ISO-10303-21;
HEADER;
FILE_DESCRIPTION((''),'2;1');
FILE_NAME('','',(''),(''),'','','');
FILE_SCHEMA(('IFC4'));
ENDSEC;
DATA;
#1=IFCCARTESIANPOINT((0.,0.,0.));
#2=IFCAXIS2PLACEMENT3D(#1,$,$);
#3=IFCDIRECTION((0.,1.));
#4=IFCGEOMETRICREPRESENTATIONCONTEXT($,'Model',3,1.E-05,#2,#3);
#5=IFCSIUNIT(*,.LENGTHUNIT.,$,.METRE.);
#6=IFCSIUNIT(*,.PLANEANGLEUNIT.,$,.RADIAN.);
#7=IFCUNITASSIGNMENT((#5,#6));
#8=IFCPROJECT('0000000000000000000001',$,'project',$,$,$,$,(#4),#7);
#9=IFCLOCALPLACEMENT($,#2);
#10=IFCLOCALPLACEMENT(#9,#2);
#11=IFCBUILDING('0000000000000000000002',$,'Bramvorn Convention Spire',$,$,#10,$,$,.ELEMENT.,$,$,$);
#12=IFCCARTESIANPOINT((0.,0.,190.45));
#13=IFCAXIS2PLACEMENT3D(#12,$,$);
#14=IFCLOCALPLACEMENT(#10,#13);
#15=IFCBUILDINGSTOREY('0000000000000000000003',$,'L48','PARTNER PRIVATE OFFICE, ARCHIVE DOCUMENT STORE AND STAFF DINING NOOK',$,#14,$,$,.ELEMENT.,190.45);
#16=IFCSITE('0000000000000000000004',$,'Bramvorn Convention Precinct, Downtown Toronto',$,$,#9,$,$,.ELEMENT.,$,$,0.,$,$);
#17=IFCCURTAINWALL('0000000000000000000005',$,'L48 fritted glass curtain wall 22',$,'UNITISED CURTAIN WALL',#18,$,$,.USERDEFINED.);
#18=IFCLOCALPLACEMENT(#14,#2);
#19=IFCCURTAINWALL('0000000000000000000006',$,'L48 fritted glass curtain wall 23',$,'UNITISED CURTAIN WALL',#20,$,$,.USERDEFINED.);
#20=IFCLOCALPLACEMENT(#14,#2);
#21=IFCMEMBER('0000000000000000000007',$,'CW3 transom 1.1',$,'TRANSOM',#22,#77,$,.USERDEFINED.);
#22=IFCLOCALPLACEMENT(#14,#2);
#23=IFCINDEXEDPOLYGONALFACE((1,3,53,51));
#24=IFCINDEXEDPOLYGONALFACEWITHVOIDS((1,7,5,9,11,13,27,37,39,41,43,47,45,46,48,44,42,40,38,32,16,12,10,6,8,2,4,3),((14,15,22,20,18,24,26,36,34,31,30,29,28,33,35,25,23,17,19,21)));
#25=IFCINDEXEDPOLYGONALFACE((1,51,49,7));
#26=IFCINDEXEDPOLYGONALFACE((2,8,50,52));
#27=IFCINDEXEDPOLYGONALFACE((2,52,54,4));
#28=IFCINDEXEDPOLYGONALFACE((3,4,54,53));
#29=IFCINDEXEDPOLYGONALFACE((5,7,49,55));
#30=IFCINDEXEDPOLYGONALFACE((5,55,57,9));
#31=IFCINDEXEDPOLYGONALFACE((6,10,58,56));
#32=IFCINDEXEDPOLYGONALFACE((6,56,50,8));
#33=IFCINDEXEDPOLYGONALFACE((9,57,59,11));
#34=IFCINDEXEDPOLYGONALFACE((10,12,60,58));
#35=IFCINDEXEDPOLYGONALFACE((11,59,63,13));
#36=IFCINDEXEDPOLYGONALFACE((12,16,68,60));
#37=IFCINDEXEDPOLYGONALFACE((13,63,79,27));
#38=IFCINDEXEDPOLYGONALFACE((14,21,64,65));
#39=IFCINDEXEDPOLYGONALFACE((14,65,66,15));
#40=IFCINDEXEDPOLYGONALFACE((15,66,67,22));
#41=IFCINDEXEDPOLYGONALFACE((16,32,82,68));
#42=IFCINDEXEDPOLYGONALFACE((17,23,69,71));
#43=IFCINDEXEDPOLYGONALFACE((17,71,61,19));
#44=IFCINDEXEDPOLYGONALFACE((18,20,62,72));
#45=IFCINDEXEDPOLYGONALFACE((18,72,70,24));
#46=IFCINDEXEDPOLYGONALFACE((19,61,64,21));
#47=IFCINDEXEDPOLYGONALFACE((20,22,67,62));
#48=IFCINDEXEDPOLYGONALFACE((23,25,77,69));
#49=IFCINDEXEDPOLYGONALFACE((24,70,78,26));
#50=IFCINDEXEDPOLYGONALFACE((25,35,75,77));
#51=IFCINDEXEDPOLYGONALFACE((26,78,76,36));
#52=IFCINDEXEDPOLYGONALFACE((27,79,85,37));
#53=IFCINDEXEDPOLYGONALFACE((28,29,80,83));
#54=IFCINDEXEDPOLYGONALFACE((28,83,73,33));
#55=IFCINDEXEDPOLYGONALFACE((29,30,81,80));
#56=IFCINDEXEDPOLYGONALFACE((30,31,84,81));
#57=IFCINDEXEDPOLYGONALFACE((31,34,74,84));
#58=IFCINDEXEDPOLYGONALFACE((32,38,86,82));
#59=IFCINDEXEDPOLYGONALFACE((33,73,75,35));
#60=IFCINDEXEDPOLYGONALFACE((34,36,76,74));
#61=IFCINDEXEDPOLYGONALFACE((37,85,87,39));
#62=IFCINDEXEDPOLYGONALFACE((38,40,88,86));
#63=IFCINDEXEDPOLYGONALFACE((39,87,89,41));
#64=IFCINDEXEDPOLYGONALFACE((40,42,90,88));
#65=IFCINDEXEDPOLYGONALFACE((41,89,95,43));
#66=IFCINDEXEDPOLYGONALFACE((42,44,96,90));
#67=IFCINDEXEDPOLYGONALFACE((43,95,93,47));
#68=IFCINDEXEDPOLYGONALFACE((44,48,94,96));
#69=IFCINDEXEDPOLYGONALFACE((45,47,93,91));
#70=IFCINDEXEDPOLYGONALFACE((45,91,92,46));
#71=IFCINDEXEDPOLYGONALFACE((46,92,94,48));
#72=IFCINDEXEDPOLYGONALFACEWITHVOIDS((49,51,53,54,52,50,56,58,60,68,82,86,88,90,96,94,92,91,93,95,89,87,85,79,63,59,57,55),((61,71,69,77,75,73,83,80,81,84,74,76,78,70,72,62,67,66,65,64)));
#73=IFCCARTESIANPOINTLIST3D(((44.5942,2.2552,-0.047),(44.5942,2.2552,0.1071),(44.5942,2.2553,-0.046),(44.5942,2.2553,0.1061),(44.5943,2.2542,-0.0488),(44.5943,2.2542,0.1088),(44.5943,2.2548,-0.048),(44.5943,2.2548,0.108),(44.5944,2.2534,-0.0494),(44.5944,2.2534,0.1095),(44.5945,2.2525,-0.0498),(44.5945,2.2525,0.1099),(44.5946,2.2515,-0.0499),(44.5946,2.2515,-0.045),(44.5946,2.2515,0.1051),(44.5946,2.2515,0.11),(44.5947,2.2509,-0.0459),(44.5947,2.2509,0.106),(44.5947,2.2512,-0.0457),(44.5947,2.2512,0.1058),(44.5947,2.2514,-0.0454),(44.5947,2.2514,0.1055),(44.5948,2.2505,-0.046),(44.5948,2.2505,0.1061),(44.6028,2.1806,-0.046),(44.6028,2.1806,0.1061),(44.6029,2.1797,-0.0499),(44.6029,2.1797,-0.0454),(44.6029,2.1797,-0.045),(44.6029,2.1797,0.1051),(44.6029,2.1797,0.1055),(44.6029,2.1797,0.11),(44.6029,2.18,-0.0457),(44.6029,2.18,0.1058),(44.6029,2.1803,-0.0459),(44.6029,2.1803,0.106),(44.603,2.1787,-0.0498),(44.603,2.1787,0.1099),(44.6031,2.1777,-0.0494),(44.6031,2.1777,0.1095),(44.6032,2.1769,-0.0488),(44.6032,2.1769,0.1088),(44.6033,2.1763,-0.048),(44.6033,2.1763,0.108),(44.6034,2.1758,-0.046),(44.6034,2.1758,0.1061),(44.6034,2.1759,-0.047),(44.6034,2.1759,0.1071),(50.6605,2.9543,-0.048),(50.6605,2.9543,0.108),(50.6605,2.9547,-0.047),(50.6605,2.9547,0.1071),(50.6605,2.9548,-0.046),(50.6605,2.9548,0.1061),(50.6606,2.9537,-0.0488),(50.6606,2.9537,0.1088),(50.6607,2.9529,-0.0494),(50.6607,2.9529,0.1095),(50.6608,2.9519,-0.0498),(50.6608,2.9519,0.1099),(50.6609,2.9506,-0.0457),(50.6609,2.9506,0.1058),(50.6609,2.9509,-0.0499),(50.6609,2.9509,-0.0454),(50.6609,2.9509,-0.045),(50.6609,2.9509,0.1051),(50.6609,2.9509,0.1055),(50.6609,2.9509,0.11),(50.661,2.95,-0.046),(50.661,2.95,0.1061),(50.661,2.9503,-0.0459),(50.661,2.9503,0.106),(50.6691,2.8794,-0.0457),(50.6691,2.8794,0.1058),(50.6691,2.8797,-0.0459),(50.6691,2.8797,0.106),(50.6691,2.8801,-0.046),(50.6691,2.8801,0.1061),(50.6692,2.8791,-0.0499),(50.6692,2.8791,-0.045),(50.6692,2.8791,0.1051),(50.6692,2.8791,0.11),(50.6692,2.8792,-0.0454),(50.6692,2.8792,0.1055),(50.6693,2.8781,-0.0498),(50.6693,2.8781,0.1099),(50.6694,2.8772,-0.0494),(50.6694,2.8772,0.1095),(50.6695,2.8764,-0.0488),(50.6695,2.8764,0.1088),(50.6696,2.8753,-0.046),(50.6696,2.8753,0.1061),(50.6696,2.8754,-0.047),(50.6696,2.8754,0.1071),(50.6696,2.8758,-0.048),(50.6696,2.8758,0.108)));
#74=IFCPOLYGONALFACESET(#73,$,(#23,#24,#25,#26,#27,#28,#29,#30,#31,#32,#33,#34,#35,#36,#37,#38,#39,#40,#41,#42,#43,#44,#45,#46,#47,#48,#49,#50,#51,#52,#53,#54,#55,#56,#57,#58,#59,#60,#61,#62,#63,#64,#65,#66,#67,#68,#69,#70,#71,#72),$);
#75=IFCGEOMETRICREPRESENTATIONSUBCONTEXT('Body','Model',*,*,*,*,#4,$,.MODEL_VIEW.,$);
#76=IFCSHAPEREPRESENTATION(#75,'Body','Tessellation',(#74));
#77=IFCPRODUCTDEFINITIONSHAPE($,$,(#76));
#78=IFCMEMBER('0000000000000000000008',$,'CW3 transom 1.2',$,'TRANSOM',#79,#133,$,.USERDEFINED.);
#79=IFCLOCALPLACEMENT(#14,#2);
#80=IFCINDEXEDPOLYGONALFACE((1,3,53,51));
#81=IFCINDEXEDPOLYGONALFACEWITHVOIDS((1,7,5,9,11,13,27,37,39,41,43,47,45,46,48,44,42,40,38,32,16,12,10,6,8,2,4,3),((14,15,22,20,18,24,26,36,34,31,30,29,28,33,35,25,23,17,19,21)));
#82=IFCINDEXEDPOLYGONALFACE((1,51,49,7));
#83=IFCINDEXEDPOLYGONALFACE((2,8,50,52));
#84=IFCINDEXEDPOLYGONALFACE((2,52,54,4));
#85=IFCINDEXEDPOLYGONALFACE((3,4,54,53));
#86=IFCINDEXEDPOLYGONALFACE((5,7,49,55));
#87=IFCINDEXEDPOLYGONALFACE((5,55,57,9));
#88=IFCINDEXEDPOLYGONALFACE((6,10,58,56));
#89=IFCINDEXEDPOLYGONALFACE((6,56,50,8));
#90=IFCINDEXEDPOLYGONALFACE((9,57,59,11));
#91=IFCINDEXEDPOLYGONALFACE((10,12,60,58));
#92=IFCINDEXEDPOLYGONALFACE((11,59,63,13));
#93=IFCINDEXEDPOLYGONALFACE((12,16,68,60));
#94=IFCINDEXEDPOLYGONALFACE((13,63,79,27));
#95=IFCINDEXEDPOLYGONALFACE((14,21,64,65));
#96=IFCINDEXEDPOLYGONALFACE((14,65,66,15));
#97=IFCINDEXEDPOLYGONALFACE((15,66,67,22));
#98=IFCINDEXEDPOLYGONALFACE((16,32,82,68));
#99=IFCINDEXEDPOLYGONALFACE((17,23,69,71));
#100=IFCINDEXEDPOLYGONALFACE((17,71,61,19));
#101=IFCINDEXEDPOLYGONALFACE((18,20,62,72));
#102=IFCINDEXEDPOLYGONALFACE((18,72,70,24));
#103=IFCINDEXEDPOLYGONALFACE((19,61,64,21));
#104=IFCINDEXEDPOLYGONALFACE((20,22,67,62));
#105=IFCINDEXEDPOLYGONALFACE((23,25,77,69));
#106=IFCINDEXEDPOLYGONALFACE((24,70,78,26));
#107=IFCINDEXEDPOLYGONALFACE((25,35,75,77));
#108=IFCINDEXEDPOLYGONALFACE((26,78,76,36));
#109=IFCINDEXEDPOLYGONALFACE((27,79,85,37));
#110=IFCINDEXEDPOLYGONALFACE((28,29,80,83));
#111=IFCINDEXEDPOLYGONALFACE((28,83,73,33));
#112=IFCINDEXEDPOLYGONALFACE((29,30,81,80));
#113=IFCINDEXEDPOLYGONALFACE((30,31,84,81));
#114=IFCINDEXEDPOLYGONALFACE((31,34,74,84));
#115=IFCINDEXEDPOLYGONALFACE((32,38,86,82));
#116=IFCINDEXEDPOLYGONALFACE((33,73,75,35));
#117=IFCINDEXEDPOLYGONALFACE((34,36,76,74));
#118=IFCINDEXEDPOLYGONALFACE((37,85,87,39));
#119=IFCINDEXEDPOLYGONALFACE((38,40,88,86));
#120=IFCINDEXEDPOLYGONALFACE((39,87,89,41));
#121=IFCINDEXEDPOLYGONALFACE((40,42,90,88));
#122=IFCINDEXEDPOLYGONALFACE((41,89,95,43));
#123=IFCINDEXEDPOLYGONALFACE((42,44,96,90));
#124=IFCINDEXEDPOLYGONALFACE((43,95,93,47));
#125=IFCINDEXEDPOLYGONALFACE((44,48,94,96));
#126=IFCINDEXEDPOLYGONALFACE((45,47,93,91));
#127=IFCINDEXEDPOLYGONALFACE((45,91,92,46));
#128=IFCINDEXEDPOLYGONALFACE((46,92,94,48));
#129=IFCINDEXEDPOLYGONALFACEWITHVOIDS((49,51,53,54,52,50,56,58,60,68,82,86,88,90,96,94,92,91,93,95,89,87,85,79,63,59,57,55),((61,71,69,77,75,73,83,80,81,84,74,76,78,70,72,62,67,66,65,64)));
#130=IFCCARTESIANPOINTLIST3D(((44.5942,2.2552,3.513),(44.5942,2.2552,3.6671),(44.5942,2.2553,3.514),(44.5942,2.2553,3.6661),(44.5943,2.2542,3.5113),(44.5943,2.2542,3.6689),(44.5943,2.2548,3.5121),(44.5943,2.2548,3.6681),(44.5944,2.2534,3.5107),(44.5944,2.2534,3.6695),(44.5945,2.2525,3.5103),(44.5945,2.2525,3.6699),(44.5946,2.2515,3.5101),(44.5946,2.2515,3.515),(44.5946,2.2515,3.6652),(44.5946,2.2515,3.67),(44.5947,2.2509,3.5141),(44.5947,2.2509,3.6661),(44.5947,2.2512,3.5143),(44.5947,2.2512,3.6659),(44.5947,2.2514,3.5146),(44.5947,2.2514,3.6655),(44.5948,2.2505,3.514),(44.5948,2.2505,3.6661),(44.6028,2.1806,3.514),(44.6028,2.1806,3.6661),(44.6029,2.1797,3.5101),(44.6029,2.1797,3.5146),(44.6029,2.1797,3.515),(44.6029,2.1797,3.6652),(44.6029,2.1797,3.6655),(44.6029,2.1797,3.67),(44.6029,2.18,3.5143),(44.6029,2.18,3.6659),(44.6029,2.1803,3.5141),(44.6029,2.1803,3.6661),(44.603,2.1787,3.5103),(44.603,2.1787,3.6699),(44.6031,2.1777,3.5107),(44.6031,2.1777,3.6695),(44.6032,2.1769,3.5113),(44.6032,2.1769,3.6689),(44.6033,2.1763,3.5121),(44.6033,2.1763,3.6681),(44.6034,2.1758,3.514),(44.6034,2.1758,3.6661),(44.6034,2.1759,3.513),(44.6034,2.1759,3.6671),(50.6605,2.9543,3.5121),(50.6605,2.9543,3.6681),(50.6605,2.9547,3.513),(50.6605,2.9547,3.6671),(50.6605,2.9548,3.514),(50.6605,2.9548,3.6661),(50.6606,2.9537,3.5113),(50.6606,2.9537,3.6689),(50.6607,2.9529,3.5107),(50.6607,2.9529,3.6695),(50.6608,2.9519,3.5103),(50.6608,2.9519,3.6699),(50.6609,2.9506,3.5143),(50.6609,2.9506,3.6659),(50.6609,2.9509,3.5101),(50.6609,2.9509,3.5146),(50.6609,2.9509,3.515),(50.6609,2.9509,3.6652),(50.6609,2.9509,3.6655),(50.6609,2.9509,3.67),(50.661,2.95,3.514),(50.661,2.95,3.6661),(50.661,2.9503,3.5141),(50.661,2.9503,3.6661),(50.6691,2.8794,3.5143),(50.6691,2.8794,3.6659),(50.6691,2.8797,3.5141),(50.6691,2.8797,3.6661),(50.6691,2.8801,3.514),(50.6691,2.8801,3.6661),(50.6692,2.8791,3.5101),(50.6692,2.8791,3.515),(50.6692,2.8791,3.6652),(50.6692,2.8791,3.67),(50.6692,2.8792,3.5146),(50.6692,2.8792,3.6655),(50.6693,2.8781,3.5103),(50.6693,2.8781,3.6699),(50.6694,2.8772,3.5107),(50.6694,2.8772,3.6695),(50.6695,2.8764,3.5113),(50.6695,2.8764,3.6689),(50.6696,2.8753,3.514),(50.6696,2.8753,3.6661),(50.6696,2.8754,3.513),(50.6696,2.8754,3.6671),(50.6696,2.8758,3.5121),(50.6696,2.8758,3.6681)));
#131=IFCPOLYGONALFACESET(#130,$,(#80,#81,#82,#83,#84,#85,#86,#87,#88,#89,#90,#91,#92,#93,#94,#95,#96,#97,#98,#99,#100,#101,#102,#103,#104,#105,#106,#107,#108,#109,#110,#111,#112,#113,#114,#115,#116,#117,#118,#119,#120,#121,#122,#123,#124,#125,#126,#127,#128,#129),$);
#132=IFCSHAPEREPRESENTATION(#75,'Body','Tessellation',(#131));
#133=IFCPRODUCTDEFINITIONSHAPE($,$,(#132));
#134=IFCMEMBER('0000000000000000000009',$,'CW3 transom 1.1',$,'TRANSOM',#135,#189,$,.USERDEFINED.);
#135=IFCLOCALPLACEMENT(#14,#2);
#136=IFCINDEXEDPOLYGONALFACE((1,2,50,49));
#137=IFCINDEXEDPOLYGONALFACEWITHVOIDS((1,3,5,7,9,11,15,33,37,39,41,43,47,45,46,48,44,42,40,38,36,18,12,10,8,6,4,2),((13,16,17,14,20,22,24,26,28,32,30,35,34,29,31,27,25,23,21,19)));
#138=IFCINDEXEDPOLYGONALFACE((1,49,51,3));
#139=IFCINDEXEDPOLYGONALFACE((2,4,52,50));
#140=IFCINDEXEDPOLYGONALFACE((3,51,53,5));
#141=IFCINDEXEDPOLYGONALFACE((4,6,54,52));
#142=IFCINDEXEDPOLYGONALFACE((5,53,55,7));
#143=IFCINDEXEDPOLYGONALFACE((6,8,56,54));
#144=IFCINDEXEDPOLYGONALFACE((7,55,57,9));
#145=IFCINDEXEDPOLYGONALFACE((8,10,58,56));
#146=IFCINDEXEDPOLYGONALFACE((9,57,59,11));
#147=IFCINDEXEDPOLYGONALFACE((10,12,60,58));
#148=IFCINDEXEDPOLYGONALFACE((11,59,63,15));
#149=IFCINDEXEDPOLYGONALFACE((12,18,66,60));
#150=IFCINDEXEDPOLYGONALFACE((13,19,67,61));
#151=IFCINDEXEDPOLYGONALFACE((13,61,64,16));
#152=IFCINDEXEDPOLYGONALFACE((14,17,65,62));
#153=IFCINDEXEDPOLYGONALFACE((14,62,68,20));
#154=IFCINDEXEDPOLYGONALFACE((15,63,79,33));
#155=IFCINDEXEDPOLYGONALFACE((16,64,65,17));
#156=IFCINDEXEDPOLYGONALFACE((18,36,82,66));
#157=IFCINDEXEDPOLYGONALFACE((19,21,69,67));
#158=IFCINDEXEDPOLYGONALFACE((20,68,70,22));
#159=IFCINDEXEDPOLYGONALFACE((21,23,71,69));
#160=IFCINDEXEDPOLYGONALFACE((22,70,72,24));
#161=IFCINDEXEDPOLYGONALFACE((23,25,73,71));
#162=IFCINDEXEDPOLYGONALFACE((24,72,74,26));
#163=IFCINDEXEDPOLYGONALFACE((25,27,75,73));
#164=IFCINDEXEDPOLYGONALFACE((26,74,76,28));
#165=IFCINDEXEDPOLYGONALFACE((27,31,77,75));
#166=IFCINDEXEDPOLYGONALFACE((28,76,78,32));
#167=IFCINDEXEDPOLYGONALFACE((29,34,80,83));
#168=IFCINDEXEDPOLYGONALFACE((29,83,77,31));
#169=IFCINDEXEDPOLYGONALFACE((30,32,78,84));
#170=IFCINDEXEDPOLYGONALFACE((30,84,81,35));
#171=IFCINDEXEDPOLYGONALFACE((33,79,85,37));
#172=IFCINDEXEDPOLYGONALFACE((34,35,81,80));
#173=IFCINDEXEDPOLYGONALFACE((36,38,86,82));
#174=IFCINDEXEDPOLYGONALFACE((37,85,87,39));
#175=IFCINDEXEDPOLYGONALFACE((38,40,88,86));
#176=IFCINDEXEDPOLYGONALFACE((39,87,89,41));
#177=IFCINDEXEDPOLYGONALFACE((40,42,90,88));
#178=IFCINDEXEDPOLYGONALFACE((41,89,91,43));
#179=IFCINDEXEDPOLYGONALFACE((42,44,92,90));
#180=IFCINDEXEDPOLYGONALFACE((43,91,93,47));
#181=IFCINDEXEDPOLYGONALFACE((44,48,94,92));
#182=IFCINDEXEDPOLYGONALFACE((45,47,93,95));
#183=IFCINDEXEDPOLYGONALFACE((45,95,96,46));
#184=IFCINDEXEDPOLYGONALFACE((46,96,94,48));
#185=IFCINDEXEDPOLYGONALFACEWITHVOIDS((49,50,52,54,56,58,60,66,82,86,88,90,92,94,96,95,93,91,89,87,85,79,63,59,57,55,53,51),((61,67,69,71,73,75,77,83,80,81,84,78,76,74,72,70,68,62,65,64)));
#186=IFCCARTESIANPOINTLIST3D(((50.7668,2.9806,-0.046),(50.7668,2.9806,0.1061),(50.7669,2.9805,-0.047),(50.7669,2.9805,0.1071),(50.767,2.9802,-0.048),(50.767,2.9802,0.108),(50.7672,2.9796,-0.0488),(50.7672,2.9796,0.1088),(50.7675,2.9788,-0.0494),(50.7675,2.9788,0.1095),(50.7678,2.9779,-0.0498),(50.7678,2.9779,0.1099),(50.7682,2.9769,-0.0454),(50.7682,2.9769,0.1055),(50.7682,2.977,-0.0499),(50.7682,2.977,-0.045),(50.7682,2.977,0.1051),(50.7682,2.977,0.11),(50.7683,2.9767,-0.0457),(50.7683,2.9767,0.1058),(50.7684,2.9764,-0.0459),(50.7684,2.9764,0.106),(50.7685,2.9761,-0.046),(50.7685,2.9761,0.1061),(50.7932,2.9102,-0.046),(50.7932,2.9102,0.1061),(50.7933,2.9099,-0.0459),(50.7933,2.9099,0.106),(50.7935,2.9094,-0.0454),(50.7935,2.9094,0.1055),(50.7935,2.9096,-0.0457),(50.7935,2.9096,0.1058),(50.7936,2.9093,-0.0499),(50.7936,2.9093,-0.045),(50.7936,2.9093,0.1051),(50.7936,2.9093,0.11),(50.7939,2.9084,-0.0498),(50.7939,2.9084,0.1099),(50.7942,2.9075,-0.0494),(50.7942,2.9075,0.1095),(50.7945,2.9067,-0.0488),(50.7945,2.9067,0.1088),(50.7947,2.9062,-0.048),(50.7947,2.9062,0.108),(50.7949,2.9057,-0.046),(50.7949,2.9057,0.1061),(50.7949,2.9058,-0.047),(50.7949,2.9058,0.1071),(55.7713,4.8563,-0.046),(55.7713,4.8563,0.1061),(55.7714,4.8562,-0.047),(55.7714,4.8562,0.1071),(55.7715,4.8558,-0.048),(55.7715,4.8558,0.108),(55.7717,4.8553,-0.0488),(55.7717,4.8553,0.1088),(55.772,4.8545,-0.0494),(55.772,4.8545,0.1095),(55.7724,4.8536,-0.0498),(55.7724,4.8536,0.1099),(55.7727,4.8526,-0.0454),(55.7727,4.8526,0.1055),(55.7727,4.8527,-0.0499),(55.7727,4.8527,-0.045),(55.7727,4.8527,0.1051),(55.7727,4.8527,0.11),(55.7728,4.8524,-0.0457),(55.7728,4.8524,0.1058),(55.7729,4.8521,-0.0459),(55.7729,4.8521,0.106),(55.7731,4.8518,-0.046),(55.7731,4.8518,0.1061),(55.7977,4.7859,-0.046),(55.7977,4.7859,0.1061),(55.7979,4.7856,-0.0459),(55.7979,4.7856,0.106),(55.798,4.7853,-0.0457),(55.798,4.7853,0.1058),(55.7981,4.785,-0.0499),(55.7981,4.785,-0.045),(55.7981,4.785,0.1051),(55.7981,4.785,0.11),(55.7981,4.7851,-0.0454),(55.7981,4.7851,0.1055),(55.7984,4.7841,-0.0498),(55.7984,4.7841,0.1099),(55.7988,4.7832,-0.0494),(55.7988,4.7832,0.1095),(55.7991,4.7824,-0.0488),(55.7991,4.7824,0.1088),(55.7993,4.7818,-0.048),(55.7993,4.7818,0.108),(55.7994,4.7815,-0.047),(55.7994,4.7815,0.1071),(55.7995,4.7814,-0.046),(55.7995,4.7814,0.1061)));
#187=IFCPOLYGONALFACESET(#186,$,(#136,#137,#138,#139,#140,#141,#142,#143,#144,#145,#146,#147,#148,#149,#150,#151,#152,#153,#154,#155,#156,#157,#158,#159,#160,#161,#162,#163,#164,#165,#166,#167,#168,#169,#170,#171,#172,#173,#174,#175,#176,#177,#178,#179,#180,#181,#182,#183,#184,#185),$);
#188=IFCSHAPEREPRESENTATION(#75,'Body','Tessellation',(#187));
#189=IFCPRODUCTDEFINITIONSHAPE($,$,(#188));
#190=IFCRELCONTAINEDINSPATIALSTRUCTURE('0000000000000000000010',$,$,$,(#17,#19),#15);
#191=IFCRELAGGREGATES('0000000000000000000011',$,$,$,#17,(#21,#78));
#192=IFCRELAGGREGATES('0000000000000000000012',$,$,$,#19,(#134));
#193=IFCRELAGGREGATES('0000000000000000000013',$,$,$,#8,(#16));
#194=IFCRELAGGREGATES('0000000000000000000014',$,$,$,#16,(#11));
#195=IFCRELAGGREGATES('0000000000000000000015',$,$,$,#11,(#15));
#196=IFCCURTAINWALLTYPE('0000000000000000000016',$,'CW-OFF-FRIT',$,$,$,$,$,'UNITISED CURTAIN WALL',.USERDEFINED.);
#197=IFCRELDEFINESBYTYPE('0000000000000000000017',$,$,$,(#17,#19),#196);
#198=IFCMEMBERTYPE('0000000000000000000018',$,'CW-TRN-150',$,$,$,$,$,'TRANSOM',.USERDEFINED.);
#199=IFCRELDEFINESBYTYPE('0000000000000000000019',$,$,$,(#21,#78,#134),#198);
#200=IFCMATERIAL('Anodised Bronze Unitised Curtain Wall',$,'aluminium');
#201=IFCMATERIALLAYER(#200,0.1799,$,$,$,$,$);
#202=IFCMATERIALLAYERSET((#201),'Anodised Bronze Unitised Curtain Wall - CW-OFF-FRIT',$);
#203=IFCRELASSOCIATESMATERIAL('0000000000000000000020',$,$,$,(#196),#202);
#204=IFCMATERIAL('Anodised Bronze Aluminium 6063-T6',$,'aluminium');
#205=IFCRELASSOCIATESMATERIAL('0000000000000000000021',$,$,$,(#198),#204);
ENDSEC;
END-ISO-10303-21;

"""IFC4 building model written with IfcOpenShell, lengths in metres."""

from ifc_helpers import new_model, si_unit, direction, frame, origin, origin_2d, place, context, subcontext, project, spatial, hollow_rectangle, extrude, material, layer, layer_set, material_profile, profile_set, type_object, element, aggregate, save


model = new_model("IFC4")

# Units and contexts
model_context = context("Model", 3, precision=1e-05, world=origin(), true_north=direction((0.0, 1.0)))
body_context = subcontext(model_context, "Body", "Model", "MODEL_VIEW")
ifc_project = project(units=[si_unit("LENGTHUNIT", "METRE"), si_unit("PLANEANGLEUNIT", "RADIAN")], contexts=[model_context])

# Site, building, storey
site_placement = place(None, origin())
site = spatial("IfcSite", under=ifc_project, at=site_placement, Name="Bramvorn Convention Precinct, Downtown Toronto", CompositionType="ELEMENT", RefElevation=0.0)
building_placement = place(site_placement, origin())
building = spatial("IfcBuilding", under=site, at=building_placement, Name="Bramvorn Convention Spire", CompositionType="ELEMENT")
storey_placement = place(building_placement, frame((0.0, 0.0, 190.45)))
storey = spatial("IfcBuildingStorey", under=building, at=storey_placement, Name="L48", Description="PARTNER PRIVATE OFFICE, ARCHIVE DOCUMENT STORE AND STAFF DINING NOOK", CompositionType="ELEMENT", Elevation=190.45)

# Curtain wall
ifc_material_1 = material(Name="Anodised Bronze Unitised Curtain Wall", Category="aluminium")
ifc_layer_1 = layer(ifc_material_1, 0.1799)
ifc_layer_set_1 = layer_set([ifc_layer_1], Name="Anodised Bronze Unitised Curtain Wall - CW-OFF-FRIT")
curtain_wall_type = type_object("IfcCurtainWallType", Name="CW-OFF-FRIT", ElementType="UNITISED CURTAIN WALL", PredefinedType="USERDEFINED", material=ifc_layer_set_1)
curtain_wall_1_placement = place(storey_placement, origin())
curtain_wall_1 = element("IfcCurtainWall", 1, at=curtain_wall_1_placement, inside=storey, type_object=curtain_wall_type, Name="L48 fritted glass curtain wall 22", ObjectType="UNITISED CURTAIN WALL", PredefinedType="USERDEFINED")
ifc_material_2 = material(Name="Anodised Bronze Aluminium 6063-T6", Category="aluminium")

# Curtain wall
curtain_wall_2_placement = place(storey_placement, origin())
curtain_wall_2 = element("IfcCurtainWall", 2, at=curtain_wall_2_placement, inside=storey, type_object=curtain_wall_type, Name="L48 fritted glass curtain wall 23", ObjectType="UNITISED CURTAIN WALL", PredefinedType="USERDEFINED")

# Members
ifc_material_profile_1 = material_profile(ifc_material_2, hollow_rectangle(XDim=0.0801, YDim=0.1599, WallThickness=0.0039, InnerFilletRadius=0.001, OuterFilletRadius=0.0039, at=origin_2d()))
ifc_profile_set_1 = profile_set([ifc_material_profile_1], Name="Anodised Bronze Aluminium 6063-T6 - CWT80X160")
member_type_1 = type_object("IfcMemberType", Name="CW-TRN-150", ElementType="TRANSOM", PredefinedType="USERDEFINED", material=ifc_profile_set_1)
member_1_placement = place(storey_placement, frame((50.665, 2.915, 0.03), z_axis=(-0.993418, -0.114547, 0.0), x_axis=(0.114547, -0.993418, 0.0)))
member_1 = element("IfcMember", 3, at=member_1_placement, type_object=member_type_1, Name="CW3 transom 1.1", ObjectType="TRANSOM", PredefinedType="USERDEFINED", context=body_context, shape_type="SweptSolid", body=[
    extrude(hollow_rectangle(XDim=0.0801, YDim=0.1599, WallThickness=0.0039, InnerFilletRadius=0.001, OuterFilletRadius=0.0039, at=origin_2d()), origin(), (0.0, 0.0, 1.0), 6.1064),
])
member_2_placement = place(storey_placement, frame((50.665, 2.915, 3.5901), z_axis=(-0.993418, -0.114547, 0.0), x_axis=(0.114547, -0.993418, 0.0)))
member_2 = element("IfcMember", 4, at=member_2_placement, type_object=member_type_1, Name="CW3 transom 1.2", ObjectType="TRANSOM", PredefinedType="USERDEFINED", context=body_context, shape_type="SweptSolid", body=[
    extrude(hollow_rectangle(XDim=0.0801, YDim=0.1599, WallThickness=0.0039, InnerFilletRadius=0.001, OuterFilletRadius=0.0039, at=origin_2d()), origin(), (0.0, 0.0, 1.0), 6.1064),
])
member_3_placement = place(storey_placement, frame((55.7854, 4.8188, 0.03), z_axis=(-0.936391, -0.350958, 0.0), x_axis=(0.350958, -0.936391, 0.0)))
member_3 = element("IfcMember", 5, at=member_3_placement, type_object=member_type_1, Name="CW3 transom 1.1", ObjectType="TRANSOM", PredefinedType="USERDEFINED", context=body_context, shape_type="SweptSolid", body=[
    extrude(hollow_rectangle(XDim=0.0801, YDim=0.1599, WallThickness=0.0039, InnerFilletRadius=0.001, OuterFilletRadius=0.0039, at=origin_2d()), origin(), (0.0, 0.0, 1.0), 5.3445),
])

aggregate(curtain_wall_1, [member_1, member_2])
aggregate(curtain_wall_2, [member_3])

save(model, "model.ifc")
